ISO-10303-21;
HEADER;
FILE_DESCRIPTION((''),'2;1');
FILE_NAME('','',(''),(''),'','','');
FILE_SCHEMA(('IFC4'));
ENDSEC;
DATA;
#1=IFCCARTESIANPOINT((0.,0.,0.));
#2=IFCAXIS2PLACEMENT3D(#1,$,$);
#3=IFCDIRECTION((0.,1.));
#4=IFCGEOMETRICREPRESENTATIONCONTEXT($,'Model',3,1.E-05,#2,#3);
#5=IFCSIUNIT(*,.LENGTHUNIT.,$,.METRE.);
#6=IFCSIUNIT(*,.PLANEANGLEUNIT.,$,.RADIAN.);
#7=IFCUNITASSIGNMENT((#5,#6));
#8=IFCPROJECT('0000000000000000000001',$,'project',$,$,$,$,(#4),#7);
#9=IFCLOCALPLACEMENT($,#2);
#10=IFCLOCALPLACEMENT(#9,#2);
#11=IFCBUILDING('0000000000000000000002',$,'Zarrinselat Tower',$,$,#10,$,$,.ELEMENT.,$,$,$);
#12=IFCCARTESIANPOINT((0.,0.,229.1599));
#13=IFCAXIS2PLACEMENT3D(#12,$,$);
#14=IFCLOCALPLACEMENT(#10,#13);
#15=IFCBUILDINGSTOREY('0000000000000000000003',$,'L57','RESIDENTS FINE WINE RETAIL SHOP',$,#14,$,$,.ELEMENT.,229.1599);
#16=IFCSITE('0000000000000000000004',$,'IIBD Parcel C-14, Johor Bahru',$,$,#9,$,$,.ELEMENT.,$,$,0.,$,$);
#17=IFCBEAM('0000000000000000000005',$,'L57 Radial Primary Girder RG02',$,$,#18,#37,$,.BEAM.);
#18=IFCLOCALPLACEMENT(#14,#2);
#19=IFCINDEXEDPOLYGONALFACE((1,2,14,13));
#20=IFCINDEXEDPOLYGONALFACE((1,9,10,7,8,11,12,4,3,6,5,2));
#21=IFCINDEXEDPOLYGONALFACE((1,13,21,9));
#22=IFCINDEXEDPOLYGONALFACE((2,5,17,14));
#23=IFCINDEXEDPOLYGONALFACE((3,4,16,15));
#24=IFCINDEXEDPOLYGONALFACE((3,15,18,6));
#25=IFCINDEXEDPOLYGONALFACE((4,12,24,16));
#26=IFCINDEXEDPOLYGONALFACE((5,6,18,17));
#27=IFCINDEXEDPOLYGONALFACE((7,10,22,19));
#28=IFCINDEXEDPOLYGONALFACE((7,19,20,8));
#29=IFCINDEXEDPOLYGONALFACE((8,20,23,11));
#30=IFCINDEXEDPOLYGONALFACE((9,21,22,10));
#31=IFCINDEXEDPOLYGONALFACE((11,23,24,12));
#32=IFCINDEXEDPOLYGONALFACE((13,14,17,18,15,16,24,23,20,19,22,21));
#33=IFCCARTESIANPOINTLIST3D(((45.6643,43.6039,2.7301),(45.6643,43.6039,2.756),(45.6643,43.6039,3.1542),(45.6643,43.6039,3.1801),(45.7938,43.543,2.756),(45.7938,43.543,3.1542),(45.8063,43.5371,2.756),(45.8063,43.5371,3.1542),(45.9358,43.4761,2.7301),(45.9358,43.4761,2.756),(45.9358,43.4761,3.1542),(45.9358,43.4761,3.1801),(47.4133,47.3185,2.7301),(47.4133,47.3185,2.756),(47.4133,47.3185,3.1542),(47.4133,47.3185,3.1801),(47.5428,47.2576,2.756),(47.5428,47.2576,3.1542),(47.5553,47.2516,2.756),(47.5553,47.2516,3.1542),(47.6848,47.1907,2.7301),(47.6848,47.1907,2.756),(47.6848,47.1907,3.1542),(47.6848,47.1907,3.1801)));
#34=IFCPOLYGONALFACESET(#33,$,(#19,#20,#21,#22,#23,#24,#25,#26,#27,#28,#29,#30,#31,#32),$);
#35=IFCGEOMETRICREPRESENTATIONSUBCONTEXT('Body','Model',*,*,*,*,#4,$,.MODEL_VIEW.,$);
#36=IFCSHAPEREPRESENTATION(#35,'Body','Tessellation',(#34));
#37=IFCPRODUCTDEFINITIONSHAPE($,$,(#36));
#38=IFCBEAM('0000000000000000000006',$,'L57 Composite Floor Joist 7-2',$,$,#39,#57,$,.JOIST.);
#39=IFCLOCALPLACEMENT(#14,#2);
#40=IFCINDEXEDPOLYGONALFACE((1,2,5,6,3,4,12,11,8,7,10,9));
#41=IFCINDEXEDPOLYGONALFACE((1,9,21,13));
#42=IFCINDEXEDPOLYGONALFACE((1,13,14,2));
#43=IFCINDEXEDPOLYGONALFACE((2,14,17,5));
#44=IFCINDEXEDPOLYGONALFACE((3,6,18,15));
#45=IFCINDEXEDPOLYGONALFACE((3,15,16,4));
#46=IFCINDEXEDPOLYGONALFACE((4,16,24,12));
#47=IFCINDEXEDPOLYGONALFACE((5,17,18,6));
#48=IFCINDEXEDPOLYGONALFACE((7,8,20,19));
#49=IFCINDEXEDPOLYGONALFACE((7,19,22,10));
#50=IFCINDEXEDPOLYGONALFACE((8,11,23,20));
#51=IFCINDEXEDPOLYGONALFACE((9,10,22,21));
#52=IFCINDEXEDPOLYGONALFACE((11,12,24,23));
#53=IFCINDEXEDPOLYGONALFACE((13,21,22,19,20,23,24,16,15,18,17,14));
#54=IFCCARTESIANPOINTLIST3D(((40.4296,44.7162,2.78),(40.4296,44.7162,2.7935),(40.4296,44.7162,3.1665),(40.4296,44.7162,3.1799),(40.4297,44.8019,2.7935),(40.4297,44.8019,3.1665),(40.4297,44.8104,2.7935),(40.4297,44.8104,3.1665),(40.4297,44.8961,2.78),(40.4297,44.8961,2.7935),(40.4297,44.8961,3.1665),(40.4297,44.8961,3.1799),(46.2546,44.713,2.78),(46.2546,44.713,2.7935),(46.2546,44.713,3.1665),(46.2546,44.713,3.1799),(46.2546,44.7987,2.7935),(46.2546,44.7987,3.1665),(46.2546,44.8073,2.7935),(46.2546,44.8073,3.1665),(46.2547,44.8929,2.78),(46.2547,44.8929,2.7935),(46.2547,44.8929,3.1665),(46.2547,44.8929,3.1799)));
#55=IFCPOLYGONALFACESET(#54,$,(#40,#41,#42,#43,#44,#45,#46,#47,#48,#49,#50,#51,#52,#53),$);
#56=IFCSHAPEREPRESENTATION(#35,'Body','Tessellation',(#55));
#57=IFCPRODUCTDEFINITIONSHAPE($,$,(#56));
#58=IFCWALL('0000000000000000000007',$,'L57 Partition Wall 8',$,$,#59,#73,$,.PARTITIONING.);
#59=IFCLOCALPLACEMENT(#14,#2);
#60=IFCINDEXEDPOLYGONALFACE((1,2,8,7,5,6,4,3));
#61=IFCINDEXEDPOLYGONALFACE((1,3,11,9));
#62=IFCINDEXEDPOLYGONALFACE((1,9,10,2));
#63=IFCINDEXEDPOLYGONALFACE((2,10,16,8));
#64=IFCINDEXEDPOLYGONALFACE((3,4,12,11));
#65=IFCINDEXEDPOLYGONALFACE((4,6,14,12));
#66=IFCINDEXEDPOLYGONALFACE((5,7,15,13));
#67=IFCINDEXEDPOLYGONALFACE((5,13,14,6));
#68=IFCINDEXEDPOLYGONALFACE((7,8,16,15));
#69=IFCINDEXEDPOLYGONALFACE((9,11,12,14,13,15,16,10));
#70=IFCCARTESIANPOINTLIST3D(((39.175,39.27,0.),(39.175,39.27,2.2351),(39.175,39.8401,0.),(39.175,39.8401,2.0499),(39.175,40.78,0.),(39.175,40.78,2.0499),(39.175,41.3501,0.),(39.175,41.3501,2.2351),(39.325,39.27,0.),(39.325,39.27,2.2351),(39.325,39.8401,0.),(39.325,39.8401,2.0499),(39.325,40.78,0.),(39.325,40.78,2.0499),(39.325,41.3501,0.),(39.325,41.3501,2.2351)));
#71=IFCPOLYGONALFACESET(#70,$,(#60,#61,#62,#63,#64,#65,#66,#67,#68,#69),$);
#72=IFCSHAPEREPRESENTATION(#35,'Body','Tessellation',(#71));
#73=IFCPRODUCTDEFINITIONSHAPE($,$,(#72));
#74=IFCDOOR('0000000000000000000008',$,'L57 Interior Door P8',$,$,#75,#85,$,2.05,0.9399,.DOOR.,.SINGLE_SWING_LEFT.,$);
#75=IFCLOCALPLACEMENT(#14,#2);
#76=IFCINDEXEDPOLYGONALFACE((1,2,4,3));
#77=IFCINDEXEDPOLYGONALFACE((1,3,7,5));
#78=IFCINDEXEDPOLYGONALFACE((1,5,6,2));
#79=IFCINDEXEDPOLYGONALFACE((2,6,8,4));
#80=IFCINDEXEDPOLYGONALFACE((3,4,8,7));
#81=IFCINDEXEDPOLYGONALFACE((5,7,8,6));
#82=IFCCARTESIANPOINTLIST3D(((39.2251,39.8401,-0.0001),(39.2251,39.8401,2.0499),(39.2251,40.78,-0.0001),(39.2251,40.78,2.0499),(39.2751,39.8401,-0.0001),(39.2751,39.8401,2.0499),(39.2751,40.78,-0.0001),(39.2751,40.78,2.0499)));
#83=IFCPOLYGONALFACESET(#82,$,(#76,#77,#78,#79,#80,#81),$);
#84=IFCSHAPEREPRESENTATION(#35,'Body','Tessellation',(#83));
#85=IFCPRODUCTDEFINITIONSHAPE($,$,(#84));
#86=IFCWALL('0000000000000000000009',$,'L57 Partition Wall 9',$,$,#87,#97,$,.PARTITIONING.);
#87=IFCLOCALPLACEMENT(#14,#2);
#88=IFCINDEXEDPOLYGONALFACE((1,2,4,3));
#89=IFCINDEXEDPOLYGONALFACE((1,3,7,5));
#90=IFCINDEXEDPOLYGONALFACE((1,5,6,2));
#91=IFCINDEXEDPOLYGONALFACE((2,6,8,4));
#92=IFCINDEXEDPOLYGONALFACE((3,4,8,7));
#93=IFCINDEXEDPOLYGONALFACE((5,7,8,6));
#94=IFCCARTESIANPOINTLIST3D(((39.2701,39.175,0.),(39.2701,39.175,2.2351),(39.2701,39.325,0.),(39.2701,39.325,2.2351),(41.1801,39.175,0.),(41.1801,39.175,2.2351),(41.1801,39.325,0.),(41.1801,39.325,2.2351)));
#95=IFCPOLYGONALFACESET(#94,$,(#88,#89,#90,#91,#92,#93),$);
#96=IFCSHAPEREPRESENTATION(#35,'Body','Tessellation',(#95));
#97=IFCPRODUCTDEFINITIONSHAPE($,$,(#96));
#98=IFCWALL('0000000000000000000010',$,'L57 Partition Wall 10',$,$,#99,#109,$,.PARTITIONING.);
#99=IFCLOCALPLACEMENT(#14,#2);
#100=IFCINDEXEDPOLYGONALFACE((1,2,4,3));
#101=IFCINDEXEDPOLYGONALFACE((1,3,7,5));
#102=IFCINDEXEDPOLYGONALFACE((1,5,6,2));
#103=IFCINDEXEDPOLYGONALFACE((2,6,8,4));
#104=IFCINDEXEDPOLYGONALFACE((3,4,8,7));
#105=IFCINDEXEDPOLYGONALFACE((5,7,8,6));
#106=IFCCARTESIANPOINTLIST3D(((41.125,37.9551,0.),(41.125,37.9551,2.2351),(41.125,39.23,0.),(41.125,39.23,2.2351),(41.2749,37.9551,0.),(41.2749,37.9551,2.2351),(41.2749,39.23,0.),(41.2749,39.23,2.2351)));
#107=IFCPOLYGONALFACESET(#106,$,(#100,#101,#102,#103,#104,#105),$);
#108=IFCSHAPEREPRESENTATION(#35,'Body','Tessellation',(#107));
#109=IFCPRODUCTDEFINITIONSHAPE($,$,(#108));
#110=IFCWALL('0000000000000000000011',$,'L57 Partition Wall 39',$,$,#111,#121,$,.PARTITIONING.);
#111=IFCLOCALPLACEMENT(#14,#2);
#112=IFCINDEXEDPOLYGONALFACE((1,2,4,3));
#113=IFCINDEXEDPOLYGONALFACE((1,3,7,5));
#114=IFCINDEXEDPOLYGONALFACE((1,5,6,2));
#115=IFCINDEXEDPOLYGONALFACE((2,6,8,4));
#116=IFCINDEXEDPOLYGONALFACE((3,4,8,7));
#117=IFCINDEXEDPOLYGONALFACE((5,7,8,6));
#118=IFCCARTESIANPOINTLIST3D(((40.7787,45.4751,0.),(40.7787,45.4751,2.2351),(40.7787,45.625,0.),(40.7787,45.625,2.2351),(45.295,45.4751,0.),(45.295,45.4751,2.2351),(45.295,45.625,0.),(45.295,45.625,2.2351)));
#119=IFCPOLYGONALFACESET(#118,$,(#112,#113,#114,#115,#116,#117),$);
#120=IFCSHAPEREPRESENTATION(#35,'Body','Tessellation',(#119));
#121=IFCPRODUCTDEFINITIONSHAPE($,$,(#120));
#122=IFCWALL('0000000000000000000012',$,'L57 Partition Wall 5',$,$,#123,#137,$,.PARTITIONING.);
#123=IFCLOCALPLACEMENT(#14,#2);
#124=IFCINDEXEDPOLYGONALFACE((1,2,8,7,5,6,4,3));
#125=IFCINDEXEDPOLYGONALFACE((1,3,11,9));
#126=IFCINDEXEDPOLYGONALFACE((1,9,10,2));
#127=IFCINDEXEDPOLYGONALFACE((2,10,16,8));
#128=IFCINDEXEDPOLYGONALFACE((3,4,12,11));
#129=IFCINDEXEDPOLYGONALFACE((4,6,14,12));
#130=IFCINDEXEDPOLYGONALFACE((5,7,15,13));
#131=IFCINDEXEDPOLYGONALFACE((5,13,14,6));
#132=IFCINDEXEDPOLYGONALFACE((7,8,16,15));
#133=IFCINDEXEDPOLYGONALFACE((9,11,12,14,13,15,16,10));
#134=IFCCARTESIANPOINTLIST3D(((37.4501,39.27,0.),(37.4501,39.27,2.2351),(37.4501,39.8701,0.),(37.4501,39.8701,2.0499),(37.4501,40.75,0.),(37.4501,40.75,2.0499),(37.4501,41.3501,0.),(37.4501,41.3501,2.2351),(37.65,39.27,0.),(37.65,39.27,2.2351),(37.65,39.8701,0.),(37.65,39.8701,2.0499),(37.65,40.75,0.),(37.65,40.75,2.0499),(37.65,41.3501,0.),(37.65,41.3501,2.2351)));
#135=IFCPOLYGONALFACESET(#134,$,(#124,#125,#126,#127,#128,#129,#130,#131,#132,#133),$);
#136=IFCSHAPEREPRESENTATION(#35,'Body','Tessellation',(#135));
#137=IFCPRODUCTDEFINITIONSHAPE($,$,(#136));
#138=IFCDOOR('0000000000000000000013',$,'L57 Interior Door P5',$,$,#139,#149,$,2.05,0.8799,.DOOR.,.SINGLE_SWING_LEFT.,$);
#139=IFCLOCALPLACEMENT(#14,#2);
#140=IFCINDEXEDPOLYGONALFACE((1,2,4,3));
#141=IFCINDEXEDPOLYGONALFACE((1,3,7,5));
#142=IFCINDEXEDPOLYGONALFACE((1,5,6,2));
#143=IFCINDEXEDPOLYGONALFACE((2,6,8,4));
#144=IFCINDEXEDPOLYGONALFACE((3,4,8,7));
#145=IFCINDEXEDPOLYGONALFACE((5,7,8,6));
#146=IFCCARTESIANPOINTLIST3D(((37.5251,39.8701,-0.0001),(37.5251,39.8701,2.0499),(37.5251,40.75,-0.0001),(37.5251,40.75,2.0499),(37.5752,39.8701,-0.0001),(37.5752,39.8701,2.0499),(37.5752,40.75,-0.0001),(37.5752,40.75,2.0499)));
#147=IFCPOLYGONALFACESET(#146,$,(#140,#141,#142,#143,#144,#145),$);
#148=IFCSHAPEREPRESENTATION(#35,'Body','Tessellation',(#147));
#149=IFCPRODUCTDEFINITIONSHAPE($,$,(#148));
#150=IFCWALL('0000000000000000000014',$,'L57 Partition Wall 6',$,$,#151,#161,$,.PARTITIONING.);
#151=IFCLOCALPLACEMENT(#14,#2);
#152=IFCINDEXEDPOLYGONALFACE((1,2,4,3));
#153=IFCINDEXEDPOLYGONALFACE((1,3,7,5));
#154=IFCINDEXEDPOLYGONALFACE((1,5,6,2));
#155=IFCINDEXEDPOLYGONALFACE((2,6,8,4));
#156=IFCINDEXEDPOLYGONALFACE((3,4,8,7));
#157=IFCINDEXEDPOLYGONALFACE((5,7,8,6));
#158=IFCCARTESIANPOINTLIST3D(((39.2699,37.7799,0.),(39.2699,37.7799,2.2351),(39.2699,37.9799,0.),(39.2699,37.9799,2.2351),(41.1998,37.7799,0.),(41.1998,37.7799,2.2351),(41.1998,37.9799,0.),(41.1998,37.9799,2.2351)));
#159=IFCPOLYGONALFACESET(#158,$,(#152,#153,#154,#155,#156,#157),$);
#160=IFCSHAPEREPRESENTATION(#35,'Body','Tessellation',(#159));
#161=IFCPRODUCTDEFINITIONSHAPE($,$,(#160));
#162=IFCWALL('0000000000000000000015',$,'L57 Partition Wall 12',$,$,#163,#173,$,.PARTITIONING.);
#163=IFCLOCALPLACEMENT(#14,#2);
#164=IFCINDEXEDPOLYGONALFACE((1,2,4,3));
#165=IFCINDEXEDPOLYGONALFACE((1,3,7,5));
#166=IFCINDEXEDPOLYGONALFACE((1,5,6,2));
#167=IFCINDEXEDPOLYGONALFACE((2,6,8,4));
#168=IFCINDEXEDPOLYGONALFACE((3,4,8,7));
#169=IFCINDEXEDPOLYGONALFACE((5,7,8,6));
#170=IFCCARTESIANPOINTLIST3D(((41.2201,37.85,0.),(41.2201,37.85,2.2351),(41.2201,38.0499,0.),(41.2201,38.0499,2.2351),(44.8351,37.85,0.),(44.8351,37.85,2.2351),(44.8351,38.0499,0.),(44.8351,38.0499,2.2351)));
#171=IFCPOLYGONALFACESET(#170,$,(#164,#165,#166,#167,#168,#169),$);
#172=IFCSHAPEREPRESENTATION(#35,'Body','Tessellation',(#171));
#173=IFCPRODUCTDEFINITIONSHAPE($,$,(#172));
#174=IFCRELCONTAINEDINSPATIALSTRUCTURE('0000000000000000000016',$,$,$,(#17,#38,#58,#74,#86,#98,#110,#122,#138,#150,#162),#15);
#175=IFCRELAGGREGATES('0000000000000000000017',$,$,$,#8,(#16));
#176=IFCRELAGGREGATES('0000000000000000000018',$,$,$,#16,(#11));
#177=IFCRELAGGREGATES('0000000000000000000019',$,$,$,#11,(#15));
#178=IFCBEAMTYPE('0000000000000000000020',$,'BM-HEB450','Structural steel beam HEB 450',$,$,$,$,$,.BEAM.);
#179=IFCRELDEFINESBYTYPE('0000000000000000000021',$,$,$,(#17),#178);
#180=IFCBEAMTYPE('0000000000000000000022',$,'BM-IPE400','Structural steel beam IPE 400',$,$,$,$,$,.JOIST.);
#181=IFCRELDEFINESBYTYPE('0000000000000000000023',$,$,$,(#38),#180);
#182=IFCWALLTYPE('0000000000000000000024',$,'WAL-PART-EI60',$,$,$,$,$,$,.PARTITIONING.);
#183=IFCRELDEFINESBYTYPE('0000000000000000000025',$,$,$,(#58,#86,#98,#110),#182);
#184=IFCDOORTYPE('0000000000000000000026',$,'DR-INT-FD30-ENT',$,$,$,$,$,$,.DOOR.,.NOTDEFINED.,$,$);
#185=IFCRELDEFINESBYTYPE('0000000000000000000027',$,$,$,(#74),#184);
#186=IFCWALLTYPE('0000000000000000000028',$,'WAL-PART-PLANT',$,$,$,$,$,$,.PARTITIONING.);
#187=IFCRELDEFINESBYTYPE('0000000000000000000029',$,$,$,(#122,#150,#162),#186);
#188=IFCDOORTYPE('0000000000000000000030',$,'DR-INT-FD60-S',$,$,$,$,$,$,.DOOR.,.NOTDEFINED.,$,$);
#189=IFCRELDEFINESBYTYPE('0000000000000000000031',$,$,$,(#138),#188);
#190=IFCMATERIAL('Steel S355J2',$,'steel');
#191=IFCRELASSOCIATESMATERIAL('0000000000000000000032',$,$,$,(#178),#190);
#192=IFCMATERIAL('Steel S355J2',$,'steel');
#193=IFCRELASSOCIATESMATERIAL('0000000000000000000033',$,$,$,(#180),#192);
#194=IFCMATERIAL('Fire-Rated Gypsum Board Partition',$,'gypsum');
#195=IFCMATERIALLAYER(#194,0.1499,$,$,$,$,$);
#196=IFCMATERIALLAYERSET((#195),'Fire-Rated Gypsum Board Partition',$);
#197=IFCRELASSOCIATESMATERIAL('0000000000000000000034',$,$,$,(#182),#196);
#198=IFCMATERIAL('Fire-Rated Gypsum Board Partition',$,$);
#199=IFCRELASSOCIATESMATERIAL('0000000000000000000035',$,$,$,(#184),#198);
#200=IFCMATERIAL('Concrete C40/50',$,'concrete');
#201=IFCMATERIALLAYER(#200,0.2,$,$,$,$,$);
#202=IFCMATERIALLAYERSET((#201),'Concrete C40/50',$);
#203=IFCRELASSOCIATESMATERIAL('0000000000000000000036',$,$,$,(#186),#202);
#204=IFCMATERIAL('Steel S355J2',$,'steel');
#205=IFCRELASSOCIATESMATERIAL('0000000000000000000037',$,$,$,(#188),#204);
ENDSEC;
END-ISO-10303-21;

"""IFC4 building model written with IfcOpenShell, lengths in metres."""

from ifc_helpers import new_model, si_unit, direction, frame, frame_2d, origin, origin_2d, place, context, subcontext, project, spatial, rectangle, i_section, extrude, material, layer, layer_set, material_profile, profile_set, type_object, element, fill, save


model = new_model("IFC4")

# Units and contexts
model_context = context("Model", 3, precision=1e-05, world=origin(), true_north=direction((0.0, 1.0)))
body_context = subcontext(model_context, "Body", "Model", "MODEL_VIEW")
ifc_project = project(units=[si_unit("LENGTHUNIT", "METRE"), si_unit("PLANEANGLEUNIT", "RADIAN")], contexts=[model_context])

# Site, building, storey
site_placement = place(None, origin())
site = spatial("IfcSite", under=ifc_project, at=site_placement, Name="IIBD Parcel C-14, Johor Bahru", CompositionType="ELEMENT", RefElevation=0.0)
building_placement = place(site_placement, origin())
building = spatial("IfcBuilding", under=site, at=building_placement, Name="Zarrinselat Tower", CompositionType="ELEMENT")
storey_placement = place(building_placement, frame((0.0, 0.0, 229.1599)))
storey = spatial("IfcBuildingStorey", under=building, at=storey_placement, Name="L57", Description="RESIDENTS FINE WINE RETAIL SHOP", CompositionType="ELEMENT", Elevation=229.1599)

# Beams
ifc_material_1 = material(Name="Steel S355J2", Category="steel")
ifc_material_profile_1 = material_profile(ifc_material_1, i_section(OverallWidth=0.3, OverallDepth=0.45, WebThickness=0.0139, FlangeThickness=0.0259, at=origin_2d()), Name="HEB 450")
ifc_profile_set_1 = profile_set([ifc_material_profile_1], Name="Steel S355J2")
beam_type_1 = type_object("IfcBeamType", Name="BM-HEB450", Description="Structural steel beam HEB 450", PredefinedType="BEAM", material=ifc_profile_set_1)
beam_1_placement = place(storey_placement, frame((45.8, 43.54, 2.9551), z_axis=(0.425992, 0.904727, 0.0), x_axis=(-0.904727, 0.425992, 0.0)))
element("IfcBeam", 1, at=beam_1_placement, inside=storey, type_object=beam_type_1, Name="L57 Radial Primary Girder RG02", PredefinedType="BEAM", context=body_context, shape_type="SweptSolid", body=[
    extrude(i_section(OverallWidth=0.3, OverallDepth=0.45, WebThickness=0.0139, FlangeThickness=0.0259, at=origin_2d()), origin(), (0.0, 0.0, 1.0), 4.1057),
])
ifc_material_2 = material(Name="Steel S355J2", Category="steel")
ifc_material_profile_2 = material_profile(ifc_material_2, i_section(OverallWidth=0.1799, OverallDepth=0.3999, WebThickness=0.0085, FlangeThickness=0.0134, at=origin_2d()), Name="IPE 400")
ifc_profile_set_2 = profile_set([ifc_material_profile_2], Name="Steel S355J2")
beam_type_2 = type_object("IfcBeamType", Name="BM-IPE400", Description="Structural steel beam IPE 400", PredefinedType="JOIST", material=ifc_profile_set_2)
beam_2_placement = place(storey_placement, frame((40.4297, 44.8062, 2.98), z_axis=(1.0, -0.000545, 0.0), x_axis=(0.000545, 1.0, 0.0)))
element("IfcBeam", 2, at=beam_2_placement, inside=storey, type_object=beam_type_2, Name="L57 Composite Floor Joist 7-2", PredefinedType="JOIST", context=body_context, shape_type="SweptSolid", body=[
    extrude(i_section(OverallWidth=0.1799, OverallDepth=0.3999, WebThickness=0.0085, FlangeThickness=0.0134, at=origin_2d()), origin(), (0.0, 0.0, 1.0), 5.825),
])

# Wall, opening, door
ifc_material_3 = material(Name="Fire-Rated Gypsum Board Partition", Category="gypsum")
ifc_layer_1 = layer(ifc_material_3, 0.1499)
ifc_layer_set_1 = layer_set([ifc_layer_1], Name="Fire-Rated Gypsum Board Partition")
wall_type_1 = type_object("IfcWallType", Name="WAL-PART-EI60", PredefinedType="PARTITIONING", material=ifc_layer_set_1)
wall_1_placement = place(storey_placement, frame((39.25, 39.27, 0.0), z_axis=(0.0, 0.0, 1.0), x_axis=(0.0, 1.0, 0.0)))
wall_1 = element("IfcWall", 3, at=wall_1_placement, inside=storey, type_object=wall_type_1, Name="L57 Partition Wall 8", PredefinedType="PARTITIONING", context=body_context, shape_type="SweptSolid", body=[
    extrude(rectangle(XDim=2.0801, YDim=0.1499, at=frame_2d((1.04, 0.0))), origin(), (0.0, 0.0, 1.0), 2.2351),
])
opening_1_placement = place(wall_1_placement, frame((0.5701, 0.0, 0.0)))
opening_1 = element("IfcOpeningElement", 4, at=opening_1_placement, cuts=wall_1, PredefinedType="OPENING", context=body_context, shape_type="SweptSolid", body=[
    extrude(rectangle(XDim=0.9399, YDim=2.05, at=frame_2d((0.47, 1.0249))), frame((0.0, 0.085, 0.0), z_axis=(0.0, -1.0, 0.0), x_axis=(1.0, 0.0, 0.0)), (0.0, 0.0, 1.0), 0.1699),
])
ifc_material_4 = material(Name="Fire-Rated Gypsum Board Partition")
door_type_1 = type_object("IfcDoorType", Name="DR-INT-FD30-ENT", OperationType="NOTDEFINED", PredefinedType="DOOR", material=ifc_material_4)
door_1_placement = place(opening_1_placement, origin())
door_1 = element("IfcDoor", 5, at=door_1_placement, inside=storey, type_object=door_type_1, Name="L57 Interior Door P8", OperationType="SINGLE_SWING_LEFT", OverallHeight=2.05, OverallWidth=0.9399, PredefinedType="DOOR", context=body_context, shape_type="SweptSolid", body=[
    extrude(rectangle(XDim=0.9399, YDim=2.05, at=frame_2d((0.47, 1.0249))), frame((0.0, 0.0249, 0.0), z_axis=(0.0, -1.0, 0.0), x_axis=(1.0, 0.0, 0.0)), (0.0, 0.0, 1.0), 0.05),
])
fill(opening_1, door_1)

# Walls
wall_2_placement = place(storey_placement, frame((39.27, 39.25, 0.0), z_axis=(0.0, 0.0, 1.0), x_axis=(1.0, 0.0, 0.0)))
element("IfcWall", 6, at=wall_2_placement, inside=storey, type_object=wall_type_1, Name="L57 Partition Wall 9", PredefinedType="PARTITIONING", context=body_context, shape_type="SweptSolid", body=[
    extrude(rectangle(XDim=1.9099, YDim=0.1499, at=frame_2d((0.9551, 0.0))), origin(), (0.0, 0.0, 1.0), 2.2351),
])
wall_3_placement = place(storey_placement, frame((41.2, 37.9551, 0.0), z_axis=(0.0, 0.0, 1.0), x_axis=(0.0, 1.0, 0.0)))
element("IfcWall", 7, at=wall_3_placement, inside=storey, type_object=wall_type_1, Name="L57 Partition Wall 10", PredefinedType="PARTITIONING", context=body_context, shape_type="SweptSolid", body=[
    extrude(rectangle(XDim=1.2749, YDim=0.1499, at=frame_2d((0.6375, 0.0))), origin(), (0.0, 0.0, 1.0), 2.2351),
])
wall_4_placement = place(storey_placement, frame((40.7786, 45.55, 0.0), z_axis=(0.0, 0.0, 1.0), x_axis=(1.0, 0.0, 0.0)))
element("IfcWall", 8, at=wall_4_placement, inside=storey, type_object=wall_type_1, Name="L57 Partition Wall 39", PredefinedType="PARTITIONING", context=body_context, shape_type="SweptSolid", body=[
    extrude(rectangle(XDim=4.5164, YDim=0.1499, at=frame_2d((2.2583, 0.0))), origin(), (0.0, 0.0, 1.0), 2.2351),
])

# Wall, opening, door
ifc_material_5 = material(Name="Concrete C40/50", Category="concrete")
ifc_layer_2 = layer(ifc_material_5, 0.2)
ifc_layer_set_2 = layer_set([ifc_layer_2], Name="Concrete C40/50")
wall_type_2 = type_object("IfcWallType", Name="WAL-PART-PLANT", PredefinedType="PARTITIONING", material=ifc_layer_set_2)
wall_5_placement = place(storey_placement, frame((37.55, 39.27, 0.0), z_axis=(0.0, 0.0, 1.0), x_axis=(0.0, 1.0, 0.0)))
wall_5 = element("IfcWall", 9, at=wall_5_placement, inside=storey, type_object=wall_type_2, Name="L57 Partition Wall 5", PredefinedType="PARTITIONING", context=body_context, shape_type="SweptSolid", body=[
    extrude(rectangle(XDim=2.0801, YDim=0.2, at=frame_2d((1.04, 0.0))), origin(), (0.0, 0.0, 1.0), 2.2351),
])
opening_2_placement = place(wall_5_placement, frame((0.6001, 0.0, 0.0)))
opening_2 = element("IfcOpeningElement", 10, at=opening_2_placement, cuts=wall_5, PredefinedType="OPENING", context=body_context, shape_type="SweptSolid", body=[
    extrude(rectangle(XDim=0.8799, YDim=2.05, at=frame_2d((0.4399, 1.0249))), frame((0.0, 0.1099, 0.0), z_axis=(0.0, -1.0, 0.0), x_axis=(1.0, 0.0, 0.0)), (0.0, 0.0, 1.0), 0.22),
])
ifc_material_6 = material(Name="Steel S355J2", Category="steel")
door_type_2 = type_object("IfcDoorType", Name="DR-INT-FD60-S", OperationType="NOTDEFINED", PredefinedType="DOOR", material=ifc_material_6)
door_2_placement = place(opening_2_placement, origin())
door_2 = element("IfcDoor", 11, at=door_2_placement, inside=storey, type_object=door_type_2, Name="L57 Interior Door P5", OperationType="SINGLE_SWING_LEFT", OverallHeight=2.05, OverallWidth=0.8799, PredefinedType="DOOR", context=body_context, shape_type="SweptSolid", body=[
    extrude(rectangle(XDim=0.8799, YDim=2.05, at=frame_2d((0.4399, 1.0249))), frame((0.0, 0.0249, 0.0), z_axis=(0.0, -1.0, 0.0), x_axis=(1.0, 0.0, 0.0)), (0.0, 0.0, 1.0), 0.05),
])
fill(opening_2, door_2)

# Walls
wall_6_placement = place(storey_placement, frame((39.27, 37.8799, 0.0), z_axis=(0.0, 0.0, 1.0), x_axis=(1.0, 0.0, 0.0)))
element("IfcWall", 12, at=wall_6_placement, inside=storey, type_object=wall_type_2, Name="L57 Partition Wall 6", PredefinedType="PARTITIONING", context=body_context, shape_type="SweptSolid", body=[
    extrude(rectangle(XDim=1.9299, YDim=0.2, at=frame_2d((0.9648, 0.0))), origin(), (0.0, 0.0, 1.0), 2.2351),
])
wall_7_placement = place(storey_placement, frame((41.22, 37.95, 0.0), z_axis=(0.0, 0.0, 1.0), x_axis=(1.0, 0.0, 0.0)))
element("IfcWall", 13, at=wall_7_placement, inside=storey, type_object=wall_type_2, Name="L57 Partition Wall 12", PredefinedType="PARTITIONING", context=body_context, shape_type="SweptSolid", body=[
    extrude(rectangle(XDim=3.615, YDim=0.2, at=frame_2d((1.8076, 0.0))), origin(), (0.0, 0.0, 1.0), 2.2351),
])

save(model, "model.ifc")
